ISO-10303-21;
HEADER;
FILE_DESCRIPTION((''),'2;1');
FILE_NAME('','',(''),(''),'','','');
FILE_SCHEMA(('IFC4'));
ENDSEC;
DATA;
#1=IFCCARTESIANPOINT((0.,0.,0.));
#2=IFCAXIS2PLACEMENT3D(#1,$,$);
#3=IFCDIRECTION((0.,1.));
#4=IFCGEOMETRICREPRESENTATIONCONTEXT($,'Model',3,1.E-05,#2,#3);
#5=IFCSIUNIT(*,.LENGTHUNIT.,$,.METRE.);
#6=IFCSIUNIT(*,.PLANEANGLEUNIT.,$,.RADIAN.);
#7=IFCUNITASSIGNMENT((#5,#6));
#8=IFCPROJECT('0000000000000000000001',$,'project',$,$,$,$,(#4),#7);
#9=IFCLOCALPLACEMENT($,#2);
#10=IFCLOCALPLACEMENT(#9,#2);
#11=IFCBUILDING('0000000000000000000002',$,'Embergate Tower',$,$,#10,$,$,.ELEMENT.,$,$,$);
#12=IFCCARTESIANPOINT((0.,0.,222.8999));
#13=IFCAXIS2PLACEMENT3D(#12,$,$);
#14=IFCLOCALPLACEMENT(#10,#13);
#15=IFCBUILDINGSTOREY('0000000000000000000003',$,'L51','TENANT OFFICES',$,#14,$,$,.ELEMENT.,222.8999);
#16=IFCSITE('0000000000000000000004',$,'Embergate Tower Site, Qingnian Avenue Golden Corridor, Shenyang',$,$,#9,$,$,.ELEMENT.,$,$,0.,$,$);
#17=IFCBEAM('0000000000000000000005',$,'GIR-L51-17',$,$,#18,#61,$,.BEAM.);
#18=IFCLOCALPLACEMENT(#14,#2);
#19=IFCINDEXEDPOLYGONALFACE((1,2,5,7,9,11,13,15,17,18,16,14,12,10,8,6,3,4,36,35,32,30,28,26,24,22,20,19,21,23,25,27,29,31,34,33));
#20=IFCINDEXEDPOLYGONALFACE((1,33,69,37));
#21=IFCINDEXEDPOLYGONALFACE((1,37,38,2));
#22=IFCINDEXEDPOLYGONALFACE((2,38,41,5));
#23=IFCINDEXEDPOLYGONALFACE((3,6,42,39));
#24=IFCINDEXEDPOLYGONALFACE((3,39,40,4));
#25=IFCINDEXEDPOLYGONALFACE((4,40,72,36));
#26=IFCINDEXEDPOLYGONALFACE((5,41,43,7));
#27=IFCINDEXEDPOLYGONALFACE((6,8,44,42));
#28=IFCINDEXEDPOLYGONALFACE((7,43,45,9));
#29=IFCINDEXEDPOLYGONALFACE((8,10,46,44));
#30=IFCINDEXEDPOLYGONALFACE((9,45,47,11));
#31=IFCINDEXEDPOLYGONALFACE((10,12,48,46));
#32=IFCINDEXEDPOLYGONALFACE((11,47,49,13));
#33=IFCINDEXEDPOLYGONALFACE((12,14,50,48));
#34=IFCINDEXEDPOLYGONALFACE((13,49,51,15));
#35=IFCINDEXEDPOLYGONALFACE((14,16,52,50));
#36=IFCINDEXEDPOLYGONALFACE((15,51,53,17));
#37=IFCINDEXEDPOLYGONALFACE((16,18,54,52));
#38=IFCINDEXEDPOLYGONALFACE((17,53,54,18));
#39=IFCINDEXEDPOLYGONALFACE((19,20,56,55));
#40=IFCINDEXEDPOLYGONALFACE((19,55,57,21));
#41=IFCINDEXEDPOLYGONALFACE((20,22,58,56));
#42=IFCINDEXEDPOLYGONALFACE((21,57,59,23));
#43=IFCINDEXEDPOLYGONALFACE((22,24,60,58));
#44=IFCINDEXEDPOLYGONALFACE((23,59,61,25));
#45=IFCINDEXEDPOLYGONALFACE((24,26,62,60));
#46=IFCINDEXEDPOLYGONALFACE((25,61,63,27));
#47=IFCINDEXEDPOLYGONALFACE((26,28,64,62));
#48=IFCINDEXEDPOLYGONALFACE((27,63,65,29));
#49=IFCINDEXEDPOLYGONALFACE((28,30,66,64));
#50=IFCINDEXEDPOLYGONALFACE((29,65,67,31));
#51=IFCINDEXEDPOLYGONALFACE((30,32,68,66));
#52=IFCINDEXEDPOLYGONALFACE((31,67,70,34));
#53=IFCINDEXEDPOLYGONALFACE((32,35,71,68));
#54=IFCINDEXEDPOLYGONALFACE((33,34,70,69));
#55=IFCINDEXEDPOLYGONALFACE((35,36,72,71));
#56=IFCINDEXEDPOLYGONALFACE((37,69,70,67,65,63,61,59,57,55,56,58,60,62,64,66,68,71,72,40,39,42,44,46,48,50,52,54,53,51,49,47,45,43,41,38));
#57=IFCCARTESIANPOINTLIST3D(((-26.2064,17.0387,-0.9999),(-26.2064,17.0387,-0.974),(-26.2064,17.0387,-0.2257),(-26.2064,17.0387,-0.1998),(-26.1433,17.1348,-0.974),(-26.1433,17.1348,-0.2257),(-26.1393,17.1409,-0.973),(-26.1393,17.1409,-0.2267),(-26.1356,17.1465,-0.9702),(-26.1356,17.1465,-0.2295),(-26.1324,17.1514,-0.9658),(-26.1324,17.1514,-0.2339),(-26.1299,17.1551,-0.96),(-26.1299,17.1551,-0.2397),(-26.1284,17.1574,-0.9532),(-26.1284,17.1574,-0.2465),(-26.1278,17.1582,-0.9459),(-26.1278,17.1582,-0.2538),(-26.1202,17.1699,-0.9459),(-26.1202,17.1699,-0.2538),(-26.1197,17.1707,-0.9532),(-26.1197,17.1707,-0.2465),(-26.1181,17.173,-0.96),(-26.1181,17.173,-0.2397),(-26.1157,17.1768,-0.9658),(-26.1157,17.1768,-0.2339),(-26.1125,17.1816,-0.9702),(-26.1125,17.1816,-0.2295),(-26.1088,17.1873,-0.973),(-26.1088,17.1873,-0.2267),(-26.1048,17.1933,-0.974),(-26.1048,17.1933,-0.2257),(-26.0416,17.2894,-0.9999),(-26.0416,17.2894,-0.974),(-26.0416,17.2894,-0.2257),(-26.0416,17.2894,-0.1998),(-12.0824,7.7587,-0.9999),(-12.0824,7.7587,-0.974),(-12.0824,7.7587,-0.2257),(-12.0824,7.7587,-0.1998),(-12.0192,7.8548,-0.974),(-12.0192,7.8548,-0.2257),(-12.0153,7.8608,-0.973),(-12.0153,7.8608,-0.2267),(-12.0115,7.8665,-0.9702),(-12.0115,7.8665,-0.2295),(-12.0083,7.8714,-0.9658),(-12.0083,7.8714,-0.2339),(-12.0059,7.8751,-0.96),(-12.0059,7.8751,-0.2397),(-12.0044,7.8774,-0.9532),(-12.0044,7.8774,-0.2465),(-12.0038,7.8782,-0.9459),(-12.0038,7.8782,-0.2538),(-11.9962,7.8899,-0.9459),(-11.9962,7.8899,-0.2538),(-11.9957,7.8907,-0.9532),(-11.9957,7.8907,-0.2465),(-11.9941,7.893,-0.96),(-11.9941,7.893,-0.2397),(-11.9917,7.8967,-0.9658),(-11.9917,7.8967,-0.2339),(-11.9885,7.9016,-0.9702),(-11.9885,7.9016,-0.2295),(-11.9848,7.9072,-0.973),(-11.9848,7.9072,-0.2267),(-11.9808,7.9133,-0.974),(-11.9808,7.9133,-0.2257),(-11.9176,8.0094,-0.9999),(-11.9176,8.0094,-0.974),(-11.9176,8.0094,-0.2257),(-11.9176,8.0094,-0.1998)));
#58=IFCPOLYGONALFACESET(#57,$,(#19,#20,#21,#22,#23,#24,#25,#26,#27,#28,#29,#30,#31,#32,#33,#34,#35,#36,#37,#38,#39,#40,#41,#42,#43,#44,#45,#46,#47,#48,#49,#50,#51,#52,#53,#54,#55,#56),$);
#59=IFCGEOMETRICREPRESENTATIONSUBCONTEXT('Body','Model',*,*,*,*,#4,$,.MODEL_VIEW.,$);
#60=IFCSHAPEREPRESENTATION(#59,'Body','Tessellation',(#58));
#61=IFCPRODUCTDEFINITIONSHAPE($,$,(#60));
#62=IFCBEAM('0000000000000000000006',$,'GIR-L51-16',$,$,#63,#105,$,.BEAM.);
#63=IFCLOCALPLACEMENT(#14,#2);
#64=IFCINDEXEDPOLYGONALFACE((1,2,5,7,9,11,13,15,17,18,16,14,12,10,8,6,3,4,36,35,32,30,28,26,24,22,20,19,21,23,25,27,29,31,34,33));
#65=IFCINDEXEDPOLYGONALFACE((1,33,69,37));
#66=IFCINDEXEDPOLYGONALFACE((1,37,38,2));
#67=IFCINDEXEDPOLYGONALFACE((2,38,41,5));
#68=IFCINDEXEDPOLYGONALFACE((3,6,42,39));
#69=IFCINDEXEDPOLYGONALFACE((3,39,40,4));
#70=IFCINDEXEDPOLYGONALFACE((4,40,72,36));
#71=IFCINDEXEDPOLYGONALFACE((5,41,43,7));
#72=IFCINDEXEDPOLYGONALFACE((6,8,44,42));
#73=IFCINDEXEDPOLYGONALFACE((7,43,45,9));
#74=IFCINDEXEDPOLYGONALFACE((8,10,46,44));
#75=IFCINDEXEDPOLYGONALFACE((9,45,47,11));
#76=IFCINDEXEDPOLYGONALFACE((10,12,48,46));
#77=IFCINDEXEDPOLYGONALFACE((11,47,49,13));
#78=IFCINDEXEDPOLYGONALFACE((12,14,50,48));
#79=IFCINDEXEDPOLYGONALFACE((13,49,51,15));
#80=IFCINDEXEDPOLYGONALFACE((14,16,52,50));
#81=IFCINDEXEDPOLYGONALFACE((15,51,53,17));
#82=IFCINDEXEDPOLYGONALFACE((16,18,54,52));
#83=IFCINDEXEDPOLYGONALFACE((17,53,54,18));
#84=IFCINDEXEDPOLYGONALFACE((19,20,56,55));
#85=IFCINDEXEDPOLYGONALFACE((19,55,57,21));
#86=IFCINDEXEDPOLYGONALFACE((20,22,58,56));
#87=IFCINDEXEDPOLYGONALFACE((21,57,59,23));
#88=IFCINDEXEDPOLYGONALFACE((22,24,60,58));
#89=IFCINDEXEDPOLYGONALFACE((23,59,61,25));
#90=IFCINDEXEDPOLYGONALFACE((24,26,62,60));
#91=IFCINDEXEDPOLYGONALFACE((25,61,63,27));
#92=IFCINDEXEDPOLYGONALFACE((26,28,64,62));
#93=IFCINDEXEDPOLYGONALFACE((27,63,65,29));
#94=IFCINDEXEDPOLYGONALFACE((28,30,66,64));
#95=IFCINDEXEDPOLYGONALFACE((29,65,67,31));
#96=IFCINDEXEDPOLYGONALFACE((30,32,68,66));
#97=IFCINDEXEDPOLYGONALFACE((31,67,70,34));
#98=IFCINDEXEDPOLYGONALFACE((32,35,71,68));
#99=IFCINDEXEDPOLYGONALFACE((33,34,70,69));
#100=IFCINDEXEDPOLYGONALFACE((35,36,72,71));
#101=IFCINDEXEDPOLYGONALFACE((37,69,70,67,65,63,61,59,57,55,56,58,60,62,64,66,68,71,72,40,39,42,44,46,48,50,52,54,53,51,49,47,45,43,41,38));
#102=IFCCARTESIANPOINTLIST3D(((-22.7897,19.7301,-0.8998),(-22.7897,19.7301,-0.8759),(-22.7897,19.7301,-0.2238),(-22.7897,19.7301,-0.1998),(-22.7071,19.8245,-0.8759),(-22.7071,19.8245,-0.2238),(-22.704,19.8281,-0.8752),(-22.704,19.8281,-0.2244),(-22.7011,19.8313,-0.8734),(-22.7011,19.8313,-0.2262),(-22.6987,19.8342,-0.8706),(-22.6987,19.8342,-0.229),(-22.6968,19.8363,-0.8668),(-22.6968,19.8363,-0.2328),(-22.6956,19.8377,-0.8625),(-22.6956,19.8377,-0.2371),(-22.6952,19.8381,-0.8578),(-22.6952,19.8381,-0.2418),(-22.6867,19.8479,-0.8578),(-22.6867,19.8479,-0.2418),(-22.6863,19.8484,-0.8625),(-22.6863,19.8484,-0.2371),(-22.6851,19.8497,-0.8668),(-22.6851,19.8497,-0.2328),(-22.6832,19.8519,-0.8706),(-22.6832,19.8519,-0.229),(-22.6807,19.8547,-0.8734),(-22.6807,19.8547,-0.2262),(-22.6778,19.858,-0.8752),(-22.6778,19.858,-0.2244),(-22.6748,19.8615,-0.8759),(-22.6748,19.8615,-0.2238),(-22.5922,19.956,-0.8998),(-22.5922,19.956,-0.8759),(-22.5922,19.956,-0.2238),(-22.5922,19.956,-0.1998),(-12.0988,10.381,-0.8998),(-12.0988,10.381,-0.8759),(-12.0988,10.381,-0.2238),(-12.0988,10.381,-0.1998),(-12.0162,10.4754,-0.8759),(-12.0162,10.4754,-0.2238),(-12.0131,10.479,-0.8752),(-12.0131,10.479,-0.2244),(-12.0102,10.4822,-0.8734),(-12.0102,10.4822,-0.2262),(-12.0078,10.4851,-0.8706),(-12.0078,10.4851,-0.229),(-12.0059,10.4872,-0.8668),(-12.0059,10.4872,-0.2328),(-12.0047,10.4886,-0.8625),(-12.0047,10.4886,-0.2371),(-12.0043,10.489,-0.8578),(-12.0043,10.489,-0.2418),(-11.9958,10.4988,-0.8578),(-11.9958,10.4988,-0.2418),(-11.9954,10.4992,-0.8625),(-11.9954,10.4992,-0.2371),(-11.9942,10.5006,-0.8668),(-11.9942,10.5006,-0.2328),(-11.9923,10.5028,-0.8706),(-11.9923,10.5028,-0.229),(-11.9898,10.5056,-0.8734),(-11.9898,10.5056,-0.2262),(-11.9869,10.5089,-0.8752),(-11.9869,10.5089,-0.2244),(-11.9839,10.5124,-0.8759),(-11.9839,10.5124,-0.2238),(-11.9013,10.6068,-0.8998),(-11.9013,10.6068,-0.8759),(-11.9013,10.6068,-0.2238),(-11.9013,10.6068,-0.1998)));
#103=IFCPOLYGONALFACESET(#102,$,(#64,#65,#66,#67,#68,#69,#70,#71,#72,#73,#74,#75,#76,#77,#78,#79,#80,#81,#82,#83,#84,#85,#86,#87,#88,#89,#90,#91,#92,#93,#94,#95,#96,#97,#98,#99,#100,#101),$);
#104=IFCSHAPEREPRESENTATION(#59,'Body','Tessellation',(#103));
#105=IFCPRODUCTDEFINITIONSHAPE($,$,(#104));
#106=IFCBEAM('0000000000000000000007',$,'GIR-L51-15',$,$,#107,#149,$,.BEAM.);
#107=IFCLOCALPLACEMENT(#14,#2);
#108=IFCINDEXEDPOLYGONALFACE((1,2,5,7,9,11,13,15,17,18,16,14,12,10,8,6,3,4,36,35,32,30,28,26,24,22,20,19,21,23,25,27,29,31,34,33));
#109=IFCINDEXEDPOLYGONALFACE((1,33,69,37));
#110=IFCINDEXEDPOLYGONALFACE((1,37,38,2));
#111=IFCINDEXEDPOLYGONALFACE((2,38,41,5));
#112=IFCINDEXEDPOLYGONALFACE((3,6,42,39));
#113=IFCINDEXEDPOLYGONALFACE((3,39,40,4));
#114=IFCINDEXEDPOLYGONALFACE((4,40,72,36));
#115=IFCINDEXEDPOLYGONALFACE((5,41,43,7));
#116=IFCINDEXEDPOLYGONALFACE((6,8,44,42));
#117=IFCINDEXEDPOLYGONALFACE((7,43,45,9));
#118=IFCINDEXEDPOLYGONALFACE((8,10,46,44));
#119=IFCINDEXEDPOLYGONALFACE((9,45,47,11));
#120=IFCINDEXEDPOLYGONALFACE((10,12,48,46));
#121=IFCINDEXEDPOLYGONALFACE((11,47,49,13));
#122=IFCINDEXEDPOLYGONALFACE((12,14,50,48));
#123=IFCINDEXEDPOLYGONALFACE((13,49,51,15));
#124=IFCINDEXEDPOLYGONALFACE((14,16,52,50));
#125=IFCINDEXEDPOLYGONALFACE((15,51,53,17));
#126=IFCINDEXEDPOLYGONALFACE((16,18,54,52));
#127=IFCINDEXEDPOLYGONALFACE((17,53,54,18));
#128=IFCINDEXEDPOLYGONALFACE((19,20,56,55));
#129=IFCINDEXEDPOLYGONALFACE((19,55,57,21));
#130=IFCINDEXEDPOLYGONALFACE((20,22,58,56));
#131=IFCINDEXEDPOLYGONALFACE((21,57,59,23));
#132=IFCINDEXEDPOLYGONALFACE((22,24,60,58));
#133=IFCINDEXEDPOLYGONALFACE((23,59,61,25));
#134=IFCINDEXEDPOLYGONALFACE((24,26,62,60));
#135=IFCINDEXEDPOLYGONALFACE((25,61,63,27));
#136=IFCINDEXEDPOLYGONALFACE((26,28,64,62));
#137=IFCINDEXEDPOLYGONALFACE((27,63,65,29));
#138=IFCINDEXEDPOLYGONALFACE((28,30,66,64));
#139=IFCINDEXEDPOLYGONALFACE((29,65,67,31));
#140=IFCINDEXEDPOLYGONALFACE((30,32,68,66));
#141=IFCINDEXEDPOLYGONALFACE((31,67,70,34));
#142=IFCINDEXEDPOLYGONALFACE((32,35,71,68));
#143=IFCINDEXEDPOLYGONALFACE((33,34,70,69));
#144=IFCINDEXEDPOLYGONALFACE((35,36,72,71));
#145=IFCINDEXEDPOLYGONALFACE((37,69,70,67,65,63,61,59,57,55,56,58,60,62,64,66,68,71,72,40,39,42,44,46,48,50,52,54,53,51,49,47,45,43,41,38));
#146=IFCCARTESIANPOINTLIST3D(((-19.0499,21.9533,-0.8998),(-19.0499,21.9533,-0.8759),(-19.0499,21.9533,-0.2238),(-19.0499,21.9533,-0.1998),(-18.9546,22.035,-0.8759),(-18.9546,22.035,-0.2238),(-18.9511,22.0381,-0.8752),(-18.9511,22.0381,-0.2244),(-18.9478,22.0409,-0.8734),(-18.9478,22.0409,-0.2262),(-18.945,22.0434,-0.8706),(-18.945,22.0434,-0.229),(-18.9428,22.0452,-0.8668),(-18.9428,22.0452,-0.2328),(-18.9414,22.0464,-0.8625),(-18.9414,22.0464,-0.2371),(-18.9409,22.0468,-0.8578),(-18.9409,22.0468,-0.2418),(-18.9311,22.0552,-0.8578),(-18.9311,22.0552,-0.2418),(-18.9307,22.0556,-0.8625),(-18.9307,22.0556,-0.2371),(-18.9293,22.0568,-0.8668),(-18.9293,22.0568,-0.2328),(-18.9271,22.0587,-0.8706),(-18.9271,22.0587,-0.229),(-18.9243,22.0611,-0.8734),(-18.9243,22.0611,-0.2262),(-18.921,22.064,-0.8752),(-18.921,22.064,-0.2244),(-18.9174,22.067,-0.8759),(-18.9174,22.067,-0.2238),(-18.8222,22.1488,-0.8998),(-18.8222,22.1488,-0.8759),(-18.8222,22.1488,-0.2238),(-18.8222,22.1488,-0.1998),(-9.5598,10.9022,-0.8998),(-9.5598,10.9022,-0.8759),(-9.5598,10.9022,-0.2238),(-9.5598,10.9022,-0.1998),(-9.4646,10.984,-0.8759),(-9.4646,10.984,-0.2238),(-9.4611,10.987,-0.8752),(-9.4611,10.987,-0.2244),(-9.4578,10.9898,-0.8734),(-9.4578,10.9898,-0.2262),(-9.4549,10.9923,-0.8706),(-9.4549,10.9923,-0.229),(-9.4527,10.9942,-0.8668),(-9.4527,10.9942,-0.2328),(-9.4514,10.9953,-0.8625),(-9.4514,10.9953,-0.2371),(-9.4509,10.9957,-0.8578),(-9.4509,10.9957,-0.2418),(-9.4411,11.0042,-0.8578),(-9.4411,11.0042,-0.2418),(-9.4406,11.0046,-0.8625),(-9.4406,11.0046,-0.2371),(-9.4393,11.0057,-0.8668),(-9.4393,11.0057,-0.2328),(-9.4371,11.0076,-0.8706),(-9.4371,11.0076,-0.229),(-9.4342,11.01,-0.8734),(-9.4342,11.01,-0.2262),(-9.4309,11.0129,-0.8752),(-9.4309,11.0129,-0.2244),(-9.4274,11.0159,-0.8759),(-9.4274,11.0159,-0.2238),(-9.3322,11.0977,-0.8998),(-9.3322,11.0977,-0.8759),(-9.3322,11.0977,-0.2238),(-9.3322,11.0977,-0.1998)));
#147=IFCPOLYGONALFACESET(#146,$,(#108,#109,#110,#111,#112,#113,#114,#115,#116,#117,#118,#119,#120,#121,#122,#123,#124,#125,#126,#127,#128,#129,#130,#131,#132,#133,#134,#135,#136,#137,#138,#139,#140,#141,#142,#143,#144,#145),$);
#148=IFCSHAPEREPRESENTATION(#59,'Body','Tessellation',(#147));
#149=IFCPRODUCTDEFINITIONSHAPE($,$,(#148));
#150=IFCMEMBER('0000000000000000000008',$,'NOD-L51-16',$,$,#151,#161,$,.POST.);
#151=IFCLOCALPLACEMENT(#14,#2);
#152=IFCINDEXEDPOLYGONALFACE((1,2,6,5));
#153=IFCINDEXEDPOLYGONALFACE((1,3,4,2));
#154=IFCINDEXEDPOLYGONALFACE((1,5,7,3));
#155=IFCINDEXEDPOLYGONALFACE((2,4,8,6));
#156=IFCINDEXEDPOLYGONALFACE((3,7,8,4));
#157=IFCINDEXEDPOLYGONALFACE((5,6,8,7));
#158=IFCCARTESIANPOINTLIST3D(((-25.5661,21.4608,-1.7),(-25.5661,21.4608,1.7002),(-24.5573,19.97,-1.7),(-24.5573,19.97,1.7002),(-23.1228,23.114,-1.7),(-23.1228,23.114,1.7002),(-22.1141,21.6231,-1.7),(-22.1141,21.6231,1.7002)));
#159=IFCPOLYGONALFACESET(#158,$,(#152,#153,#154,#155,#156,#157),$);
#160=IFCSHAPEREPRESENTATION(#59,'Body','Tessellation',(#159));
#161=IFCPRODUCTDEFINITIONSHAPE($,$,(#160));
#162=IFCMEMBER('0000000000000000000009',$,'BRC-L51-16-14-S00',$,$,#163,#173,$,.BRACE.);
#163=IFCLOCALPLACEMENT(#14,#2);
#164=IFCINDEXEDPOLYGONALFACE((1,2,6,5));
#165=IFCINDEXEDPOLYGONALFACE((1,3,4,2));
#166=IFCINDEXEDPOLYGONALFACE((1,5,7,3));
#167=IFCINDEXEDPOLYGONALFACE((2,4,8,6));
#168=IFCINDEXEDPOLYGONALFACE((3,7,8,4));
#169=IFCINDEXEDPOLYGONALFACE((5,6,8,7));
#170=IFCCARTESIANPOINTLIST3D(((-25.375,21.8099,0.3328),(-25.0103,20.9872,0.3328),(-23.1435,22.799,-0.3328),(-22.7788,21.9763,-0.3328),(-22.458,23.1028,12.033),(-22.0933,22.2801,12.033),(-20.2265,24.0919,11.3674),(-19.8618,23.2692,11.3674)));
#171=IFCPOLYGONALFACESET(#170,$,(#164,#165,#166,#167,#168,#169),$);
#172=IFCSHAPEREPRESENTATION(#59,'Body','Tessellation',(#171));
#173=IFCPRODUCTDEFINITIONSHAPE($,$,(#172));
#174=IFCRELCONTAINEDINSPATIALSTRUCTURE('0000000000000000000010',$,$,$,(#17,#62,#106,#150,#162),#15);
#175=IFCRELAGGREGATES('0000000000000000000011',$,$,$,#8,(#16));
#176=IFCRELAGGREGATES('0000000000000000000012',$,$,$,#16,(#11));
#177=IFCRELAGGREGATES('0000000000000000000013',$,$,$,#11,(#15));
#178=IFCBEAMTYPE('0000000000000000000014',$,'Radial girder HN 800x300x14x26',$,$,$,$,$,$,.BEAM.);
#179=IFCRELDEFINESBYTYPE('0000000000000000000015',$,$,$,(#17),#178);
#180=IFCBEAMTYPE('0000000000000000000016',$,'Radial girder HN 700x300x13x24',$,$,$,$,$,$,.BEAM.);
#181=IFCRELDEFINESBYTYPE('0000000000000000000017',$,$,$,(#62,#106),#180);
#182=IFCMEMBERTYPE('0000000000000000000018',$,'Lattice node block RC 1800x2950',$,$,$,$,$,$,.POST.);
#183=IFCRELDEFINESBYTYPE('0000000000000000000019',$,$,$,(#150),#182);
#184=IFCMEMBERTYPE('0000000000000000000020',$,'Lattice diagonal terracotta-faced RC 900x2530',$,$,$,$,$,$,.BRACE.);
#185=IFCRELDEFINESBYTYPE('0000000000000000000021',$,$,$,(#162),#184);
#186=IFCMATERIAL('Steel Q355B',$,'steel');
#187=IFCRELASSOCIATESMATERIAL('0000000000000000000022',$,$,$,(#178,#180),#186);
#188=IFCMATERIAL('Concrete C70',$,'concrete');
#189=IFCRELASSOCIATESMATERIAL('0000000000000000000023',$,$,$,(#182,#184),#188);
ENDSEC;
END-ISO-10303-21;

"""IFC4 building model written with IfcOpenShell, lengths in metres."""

from ifc_helpers import new_model, si_unit, direction, frame, origin, origin_2d, place, context, subcontext, project, spatial, rectangle, i_section, extrude, source, transform, mapped, material, material_profile, profile_set, type_object, element, save


model = new_model("IFC4")

# Units and contexts
model_context = context("Model", 3, precision=1e-05, world=origin(), true_north=direction((0.0, 1.0)))
body_context = subcontext(model_context, "Body", "Model", "MODEL_VIEW")
ifc_project = project(units=[si_unit("LENGTHUNIT", "METRE"), si_unit("PLANEANGLEUNIT", "RADIAN")], contexts=[model_context])

# Site, building, storey
site_placement = place(None, origin())
site = spatial("IfcSite", under=ifc_project, at=site_placement, Name="Embergate Tower Site, Qingnian Avenue Golden Corridor, Shenyang", CompositionType="ELEMENT", RefElevation=0.0)
building_placement = place(site_placement, origin())
building = spatial("IfcBuilding", under=site, at=building_placement, Name="Embergate Tower", CompositionType="ELEMENT")
storey_placement = place(building_placement, frame((0.0, 0.0, 222.8999)))
storey = spatial("IfcBuildingStorey", under=building, at=storey_placement, Name="L51", Description="TENANT OFFICES", CompositionType="ELEMENT", Elevation=222.8999)

# Beams
ifc_material_1 = material(Name="Steel Q355B", Category="steel")
ifc_material_profile_1 = material_profile(ifc_material_1, i_section(OverallWidth=0.3, OverallDepth=0.8, WebThickness=0.0139, FlangeThickness=0.0259, FilletRadius=0.0281, at=origin_2d()), Name="HN 800x300x14x26")
ifc_profile_set_1 = profile_set([ifc_material_profile_1], Name="Steel Q355 grade B")
beam_type_1 = type_object("IfcBeamType", Name="Radial girder HN 800x300x14x26", PredefinedType="BEAM", material=ifc_profile_set_1)
shared_shape_1 = source(origin(), body_context, "Body", "SweptSolid", [
    extrude(i_section(OverallWidth=0.3, OverallDepth=0.8, WebThickness=0.0139, FlangeThickness=0.0259, FilletRadius=0.0281, at=origin_2d()), origin(), (0.0, 0.0, 1.0), 16.8999),
])
beam_1_placement = place(storey_placement, frame((-26.124, 17.1641, -0.5999), z_axis=(0.835745, -0.549117, 0.0), x_axis=(0.549117, 0.835745, 0.0)))
element("IfcBeam", 1, at=beam_1_placement, inside=storey, type_object=beam_type_1, Name="GIR-L51-17", PredefinedType="BEAM", context=body_context, shape_type="MappedRepresentation", body=[
    mapped(shared_shape_1, transform((0.0, 0.0, 0.0))),
])
ifc_material_profile_2 = material_profile(ifc_material_1, i_section(OverallWidth=0.3, OverallDepth=0.7, WebThickness=0.0129, FlangeThickness=0.0239, FilletRadius=0.0181, at=origin_2d()), Name="HN 700x300x13x24")
ifc_profile_set_2 = profile_set([ifc_material_profile_2], Name="Steel Q355 grade B")
beam_type_2 = type_object("IfcBeamType", Name="Radial girder HN 700x300x13x24", PredefinedType="BEAM", material=ifc_profile_set_2)
shared_shape_2 = source(origin(), body_context, "Body", "SweptSolid", [
    extrude(i_section(OverallWidth=0.3, OverallDepth=0.7, WebThickness=0.0129, FlangeThickness=0.0239, FilletRadius=0.0181, at=origin_2d()), origin(), (0.0, 0.0, 1.0), 14.2021),
])
beam_2_placement = place(storey_placement, frame((-22.6909, 19.843, -0.5498), z_axis=(0.752766, -0.658288, 0.0), x_axis=(0.658288, 0.752766, 0.0)))
element("IfcBeam", 2, at=beam_2_placement, inside=storey, type_object=beam_type_2, Name="GIR-L51-16", PredefinedType="BEAM", context=body_context, shape_type="MappedRepresentation", body=[
    mapped(shared_shape_2, transform((0.0, 0.0, 0.0))),
])
shared_shape_3 = source(origin(), body_context, "Body", "SweptSolid", [
    extrude(i_section(OverallWidth=0.3, OverallDepth=0.7, WebThickness=0.0129, FlangeThickness=0.0239, FilletRadius=0.0181, at=origin_2d()), origin(), (0.0, 0.0, 1.0), 14.5667),
])
beam_3_placement = place(storey_placement, frame((-18.936, 22.051, -0.5498), z_axis=(0.651491, -0.758656, 0.0), x_axis=(0.758656, 0.651491, 0.0)))
element("IfcBeam", 3, at=beam_3_placement, inside=storey, type_object=beam_type_2, Name="GIR-L51-15", PredefinedType="BEAM", context=body_context, shape_type="MappedRepresentation", body=[
    mapped(shared_shape_3, transform((0.0, 0.0, 0.0))),
])

# Members
ifc_material_2 = material(Name="Concrete C70", Category="concrete")
ifc_material_profile_3 = material_profile(ifc_material_2, rectangle(XDim=1.8, YDim=2.95, at=origin_2d()), Name="RC 1800x2950")
ifc_profile_set_3 = profile_set([ifc_material_profile_3], Name="Concrete C70")
member_type_1 = type_object("IfcMemberType", Name="Lattice node block RC 1800x2950", PredefinedType="POST", material=ifc_profile_set_3)
shared_shape_4 = source(origin(), body_context, "Body", "SweptSolid", [
    extrude(rectangle(XDim=1.8, YDim=2.95, at=origin_2d()), origin(), (0.0, 0.0, 1.0), 3.4001),
])
member_1_placement = place(storey_placement, frame((-23.8401, 21.542, -1.7), z_axis=(0.0, 0.0, 1.0), x_axis=(-0.560393, 0.828227, 0.0)))
element("IfcMember", 4, at=member_1_placement, inside=storey, type_object=member_type_1, Name="NOD-L51-16", PredefinedType="POST", context=body_context, shape_type="MappedRepresentation", body=[
    mapped(shared_shape_4, transform((0.0, 0.0, 0.0))),
])
ifc_material_profile_4 = material_profile(ifc_material_2, rectangle(XDim=0.8999, YDim=2.53, at=origin_2d()), Name="RC 900x2530")
ifc_profile_set_4 = profile_set([ifc_material_profile_4], Name="Concrete C70")
member_type_2 = type_object("IfcMemberType", Name="Lattice diagonal terracotta-faced RC 900x2530", PredefinedType="BRACE", material=ifc_profile_set_4)
shared_shape_5 = source(origin(), body_context, "Body", "SweptSolid", [
    extrude(rectangle(XDim=0.8999, YDim=2.53, at=origin_2d()), origin(), (0.0, 0.0, 1.0), 12.1274),
])
member_2_placement = place(storey_placement, frame((-24.0769, 21.8931, 0.0), z_axis=(0.240528, 0.106615, 0.964769), x_axis=(-0.40523, 0.914215, 0.0)))
element("IfcMember", 5, at=member_2_placement, inside=storey, type_object=member_type_2, Name="BRC-L51-16-14-S00", PredefinedType="BRACE", context=body_context, shape_type="MappedRepresentation", body=[
    mapped(shared_shape_5, transform((0.0, 0.0, 0.0))),
])

save(model, "model.ifc")
